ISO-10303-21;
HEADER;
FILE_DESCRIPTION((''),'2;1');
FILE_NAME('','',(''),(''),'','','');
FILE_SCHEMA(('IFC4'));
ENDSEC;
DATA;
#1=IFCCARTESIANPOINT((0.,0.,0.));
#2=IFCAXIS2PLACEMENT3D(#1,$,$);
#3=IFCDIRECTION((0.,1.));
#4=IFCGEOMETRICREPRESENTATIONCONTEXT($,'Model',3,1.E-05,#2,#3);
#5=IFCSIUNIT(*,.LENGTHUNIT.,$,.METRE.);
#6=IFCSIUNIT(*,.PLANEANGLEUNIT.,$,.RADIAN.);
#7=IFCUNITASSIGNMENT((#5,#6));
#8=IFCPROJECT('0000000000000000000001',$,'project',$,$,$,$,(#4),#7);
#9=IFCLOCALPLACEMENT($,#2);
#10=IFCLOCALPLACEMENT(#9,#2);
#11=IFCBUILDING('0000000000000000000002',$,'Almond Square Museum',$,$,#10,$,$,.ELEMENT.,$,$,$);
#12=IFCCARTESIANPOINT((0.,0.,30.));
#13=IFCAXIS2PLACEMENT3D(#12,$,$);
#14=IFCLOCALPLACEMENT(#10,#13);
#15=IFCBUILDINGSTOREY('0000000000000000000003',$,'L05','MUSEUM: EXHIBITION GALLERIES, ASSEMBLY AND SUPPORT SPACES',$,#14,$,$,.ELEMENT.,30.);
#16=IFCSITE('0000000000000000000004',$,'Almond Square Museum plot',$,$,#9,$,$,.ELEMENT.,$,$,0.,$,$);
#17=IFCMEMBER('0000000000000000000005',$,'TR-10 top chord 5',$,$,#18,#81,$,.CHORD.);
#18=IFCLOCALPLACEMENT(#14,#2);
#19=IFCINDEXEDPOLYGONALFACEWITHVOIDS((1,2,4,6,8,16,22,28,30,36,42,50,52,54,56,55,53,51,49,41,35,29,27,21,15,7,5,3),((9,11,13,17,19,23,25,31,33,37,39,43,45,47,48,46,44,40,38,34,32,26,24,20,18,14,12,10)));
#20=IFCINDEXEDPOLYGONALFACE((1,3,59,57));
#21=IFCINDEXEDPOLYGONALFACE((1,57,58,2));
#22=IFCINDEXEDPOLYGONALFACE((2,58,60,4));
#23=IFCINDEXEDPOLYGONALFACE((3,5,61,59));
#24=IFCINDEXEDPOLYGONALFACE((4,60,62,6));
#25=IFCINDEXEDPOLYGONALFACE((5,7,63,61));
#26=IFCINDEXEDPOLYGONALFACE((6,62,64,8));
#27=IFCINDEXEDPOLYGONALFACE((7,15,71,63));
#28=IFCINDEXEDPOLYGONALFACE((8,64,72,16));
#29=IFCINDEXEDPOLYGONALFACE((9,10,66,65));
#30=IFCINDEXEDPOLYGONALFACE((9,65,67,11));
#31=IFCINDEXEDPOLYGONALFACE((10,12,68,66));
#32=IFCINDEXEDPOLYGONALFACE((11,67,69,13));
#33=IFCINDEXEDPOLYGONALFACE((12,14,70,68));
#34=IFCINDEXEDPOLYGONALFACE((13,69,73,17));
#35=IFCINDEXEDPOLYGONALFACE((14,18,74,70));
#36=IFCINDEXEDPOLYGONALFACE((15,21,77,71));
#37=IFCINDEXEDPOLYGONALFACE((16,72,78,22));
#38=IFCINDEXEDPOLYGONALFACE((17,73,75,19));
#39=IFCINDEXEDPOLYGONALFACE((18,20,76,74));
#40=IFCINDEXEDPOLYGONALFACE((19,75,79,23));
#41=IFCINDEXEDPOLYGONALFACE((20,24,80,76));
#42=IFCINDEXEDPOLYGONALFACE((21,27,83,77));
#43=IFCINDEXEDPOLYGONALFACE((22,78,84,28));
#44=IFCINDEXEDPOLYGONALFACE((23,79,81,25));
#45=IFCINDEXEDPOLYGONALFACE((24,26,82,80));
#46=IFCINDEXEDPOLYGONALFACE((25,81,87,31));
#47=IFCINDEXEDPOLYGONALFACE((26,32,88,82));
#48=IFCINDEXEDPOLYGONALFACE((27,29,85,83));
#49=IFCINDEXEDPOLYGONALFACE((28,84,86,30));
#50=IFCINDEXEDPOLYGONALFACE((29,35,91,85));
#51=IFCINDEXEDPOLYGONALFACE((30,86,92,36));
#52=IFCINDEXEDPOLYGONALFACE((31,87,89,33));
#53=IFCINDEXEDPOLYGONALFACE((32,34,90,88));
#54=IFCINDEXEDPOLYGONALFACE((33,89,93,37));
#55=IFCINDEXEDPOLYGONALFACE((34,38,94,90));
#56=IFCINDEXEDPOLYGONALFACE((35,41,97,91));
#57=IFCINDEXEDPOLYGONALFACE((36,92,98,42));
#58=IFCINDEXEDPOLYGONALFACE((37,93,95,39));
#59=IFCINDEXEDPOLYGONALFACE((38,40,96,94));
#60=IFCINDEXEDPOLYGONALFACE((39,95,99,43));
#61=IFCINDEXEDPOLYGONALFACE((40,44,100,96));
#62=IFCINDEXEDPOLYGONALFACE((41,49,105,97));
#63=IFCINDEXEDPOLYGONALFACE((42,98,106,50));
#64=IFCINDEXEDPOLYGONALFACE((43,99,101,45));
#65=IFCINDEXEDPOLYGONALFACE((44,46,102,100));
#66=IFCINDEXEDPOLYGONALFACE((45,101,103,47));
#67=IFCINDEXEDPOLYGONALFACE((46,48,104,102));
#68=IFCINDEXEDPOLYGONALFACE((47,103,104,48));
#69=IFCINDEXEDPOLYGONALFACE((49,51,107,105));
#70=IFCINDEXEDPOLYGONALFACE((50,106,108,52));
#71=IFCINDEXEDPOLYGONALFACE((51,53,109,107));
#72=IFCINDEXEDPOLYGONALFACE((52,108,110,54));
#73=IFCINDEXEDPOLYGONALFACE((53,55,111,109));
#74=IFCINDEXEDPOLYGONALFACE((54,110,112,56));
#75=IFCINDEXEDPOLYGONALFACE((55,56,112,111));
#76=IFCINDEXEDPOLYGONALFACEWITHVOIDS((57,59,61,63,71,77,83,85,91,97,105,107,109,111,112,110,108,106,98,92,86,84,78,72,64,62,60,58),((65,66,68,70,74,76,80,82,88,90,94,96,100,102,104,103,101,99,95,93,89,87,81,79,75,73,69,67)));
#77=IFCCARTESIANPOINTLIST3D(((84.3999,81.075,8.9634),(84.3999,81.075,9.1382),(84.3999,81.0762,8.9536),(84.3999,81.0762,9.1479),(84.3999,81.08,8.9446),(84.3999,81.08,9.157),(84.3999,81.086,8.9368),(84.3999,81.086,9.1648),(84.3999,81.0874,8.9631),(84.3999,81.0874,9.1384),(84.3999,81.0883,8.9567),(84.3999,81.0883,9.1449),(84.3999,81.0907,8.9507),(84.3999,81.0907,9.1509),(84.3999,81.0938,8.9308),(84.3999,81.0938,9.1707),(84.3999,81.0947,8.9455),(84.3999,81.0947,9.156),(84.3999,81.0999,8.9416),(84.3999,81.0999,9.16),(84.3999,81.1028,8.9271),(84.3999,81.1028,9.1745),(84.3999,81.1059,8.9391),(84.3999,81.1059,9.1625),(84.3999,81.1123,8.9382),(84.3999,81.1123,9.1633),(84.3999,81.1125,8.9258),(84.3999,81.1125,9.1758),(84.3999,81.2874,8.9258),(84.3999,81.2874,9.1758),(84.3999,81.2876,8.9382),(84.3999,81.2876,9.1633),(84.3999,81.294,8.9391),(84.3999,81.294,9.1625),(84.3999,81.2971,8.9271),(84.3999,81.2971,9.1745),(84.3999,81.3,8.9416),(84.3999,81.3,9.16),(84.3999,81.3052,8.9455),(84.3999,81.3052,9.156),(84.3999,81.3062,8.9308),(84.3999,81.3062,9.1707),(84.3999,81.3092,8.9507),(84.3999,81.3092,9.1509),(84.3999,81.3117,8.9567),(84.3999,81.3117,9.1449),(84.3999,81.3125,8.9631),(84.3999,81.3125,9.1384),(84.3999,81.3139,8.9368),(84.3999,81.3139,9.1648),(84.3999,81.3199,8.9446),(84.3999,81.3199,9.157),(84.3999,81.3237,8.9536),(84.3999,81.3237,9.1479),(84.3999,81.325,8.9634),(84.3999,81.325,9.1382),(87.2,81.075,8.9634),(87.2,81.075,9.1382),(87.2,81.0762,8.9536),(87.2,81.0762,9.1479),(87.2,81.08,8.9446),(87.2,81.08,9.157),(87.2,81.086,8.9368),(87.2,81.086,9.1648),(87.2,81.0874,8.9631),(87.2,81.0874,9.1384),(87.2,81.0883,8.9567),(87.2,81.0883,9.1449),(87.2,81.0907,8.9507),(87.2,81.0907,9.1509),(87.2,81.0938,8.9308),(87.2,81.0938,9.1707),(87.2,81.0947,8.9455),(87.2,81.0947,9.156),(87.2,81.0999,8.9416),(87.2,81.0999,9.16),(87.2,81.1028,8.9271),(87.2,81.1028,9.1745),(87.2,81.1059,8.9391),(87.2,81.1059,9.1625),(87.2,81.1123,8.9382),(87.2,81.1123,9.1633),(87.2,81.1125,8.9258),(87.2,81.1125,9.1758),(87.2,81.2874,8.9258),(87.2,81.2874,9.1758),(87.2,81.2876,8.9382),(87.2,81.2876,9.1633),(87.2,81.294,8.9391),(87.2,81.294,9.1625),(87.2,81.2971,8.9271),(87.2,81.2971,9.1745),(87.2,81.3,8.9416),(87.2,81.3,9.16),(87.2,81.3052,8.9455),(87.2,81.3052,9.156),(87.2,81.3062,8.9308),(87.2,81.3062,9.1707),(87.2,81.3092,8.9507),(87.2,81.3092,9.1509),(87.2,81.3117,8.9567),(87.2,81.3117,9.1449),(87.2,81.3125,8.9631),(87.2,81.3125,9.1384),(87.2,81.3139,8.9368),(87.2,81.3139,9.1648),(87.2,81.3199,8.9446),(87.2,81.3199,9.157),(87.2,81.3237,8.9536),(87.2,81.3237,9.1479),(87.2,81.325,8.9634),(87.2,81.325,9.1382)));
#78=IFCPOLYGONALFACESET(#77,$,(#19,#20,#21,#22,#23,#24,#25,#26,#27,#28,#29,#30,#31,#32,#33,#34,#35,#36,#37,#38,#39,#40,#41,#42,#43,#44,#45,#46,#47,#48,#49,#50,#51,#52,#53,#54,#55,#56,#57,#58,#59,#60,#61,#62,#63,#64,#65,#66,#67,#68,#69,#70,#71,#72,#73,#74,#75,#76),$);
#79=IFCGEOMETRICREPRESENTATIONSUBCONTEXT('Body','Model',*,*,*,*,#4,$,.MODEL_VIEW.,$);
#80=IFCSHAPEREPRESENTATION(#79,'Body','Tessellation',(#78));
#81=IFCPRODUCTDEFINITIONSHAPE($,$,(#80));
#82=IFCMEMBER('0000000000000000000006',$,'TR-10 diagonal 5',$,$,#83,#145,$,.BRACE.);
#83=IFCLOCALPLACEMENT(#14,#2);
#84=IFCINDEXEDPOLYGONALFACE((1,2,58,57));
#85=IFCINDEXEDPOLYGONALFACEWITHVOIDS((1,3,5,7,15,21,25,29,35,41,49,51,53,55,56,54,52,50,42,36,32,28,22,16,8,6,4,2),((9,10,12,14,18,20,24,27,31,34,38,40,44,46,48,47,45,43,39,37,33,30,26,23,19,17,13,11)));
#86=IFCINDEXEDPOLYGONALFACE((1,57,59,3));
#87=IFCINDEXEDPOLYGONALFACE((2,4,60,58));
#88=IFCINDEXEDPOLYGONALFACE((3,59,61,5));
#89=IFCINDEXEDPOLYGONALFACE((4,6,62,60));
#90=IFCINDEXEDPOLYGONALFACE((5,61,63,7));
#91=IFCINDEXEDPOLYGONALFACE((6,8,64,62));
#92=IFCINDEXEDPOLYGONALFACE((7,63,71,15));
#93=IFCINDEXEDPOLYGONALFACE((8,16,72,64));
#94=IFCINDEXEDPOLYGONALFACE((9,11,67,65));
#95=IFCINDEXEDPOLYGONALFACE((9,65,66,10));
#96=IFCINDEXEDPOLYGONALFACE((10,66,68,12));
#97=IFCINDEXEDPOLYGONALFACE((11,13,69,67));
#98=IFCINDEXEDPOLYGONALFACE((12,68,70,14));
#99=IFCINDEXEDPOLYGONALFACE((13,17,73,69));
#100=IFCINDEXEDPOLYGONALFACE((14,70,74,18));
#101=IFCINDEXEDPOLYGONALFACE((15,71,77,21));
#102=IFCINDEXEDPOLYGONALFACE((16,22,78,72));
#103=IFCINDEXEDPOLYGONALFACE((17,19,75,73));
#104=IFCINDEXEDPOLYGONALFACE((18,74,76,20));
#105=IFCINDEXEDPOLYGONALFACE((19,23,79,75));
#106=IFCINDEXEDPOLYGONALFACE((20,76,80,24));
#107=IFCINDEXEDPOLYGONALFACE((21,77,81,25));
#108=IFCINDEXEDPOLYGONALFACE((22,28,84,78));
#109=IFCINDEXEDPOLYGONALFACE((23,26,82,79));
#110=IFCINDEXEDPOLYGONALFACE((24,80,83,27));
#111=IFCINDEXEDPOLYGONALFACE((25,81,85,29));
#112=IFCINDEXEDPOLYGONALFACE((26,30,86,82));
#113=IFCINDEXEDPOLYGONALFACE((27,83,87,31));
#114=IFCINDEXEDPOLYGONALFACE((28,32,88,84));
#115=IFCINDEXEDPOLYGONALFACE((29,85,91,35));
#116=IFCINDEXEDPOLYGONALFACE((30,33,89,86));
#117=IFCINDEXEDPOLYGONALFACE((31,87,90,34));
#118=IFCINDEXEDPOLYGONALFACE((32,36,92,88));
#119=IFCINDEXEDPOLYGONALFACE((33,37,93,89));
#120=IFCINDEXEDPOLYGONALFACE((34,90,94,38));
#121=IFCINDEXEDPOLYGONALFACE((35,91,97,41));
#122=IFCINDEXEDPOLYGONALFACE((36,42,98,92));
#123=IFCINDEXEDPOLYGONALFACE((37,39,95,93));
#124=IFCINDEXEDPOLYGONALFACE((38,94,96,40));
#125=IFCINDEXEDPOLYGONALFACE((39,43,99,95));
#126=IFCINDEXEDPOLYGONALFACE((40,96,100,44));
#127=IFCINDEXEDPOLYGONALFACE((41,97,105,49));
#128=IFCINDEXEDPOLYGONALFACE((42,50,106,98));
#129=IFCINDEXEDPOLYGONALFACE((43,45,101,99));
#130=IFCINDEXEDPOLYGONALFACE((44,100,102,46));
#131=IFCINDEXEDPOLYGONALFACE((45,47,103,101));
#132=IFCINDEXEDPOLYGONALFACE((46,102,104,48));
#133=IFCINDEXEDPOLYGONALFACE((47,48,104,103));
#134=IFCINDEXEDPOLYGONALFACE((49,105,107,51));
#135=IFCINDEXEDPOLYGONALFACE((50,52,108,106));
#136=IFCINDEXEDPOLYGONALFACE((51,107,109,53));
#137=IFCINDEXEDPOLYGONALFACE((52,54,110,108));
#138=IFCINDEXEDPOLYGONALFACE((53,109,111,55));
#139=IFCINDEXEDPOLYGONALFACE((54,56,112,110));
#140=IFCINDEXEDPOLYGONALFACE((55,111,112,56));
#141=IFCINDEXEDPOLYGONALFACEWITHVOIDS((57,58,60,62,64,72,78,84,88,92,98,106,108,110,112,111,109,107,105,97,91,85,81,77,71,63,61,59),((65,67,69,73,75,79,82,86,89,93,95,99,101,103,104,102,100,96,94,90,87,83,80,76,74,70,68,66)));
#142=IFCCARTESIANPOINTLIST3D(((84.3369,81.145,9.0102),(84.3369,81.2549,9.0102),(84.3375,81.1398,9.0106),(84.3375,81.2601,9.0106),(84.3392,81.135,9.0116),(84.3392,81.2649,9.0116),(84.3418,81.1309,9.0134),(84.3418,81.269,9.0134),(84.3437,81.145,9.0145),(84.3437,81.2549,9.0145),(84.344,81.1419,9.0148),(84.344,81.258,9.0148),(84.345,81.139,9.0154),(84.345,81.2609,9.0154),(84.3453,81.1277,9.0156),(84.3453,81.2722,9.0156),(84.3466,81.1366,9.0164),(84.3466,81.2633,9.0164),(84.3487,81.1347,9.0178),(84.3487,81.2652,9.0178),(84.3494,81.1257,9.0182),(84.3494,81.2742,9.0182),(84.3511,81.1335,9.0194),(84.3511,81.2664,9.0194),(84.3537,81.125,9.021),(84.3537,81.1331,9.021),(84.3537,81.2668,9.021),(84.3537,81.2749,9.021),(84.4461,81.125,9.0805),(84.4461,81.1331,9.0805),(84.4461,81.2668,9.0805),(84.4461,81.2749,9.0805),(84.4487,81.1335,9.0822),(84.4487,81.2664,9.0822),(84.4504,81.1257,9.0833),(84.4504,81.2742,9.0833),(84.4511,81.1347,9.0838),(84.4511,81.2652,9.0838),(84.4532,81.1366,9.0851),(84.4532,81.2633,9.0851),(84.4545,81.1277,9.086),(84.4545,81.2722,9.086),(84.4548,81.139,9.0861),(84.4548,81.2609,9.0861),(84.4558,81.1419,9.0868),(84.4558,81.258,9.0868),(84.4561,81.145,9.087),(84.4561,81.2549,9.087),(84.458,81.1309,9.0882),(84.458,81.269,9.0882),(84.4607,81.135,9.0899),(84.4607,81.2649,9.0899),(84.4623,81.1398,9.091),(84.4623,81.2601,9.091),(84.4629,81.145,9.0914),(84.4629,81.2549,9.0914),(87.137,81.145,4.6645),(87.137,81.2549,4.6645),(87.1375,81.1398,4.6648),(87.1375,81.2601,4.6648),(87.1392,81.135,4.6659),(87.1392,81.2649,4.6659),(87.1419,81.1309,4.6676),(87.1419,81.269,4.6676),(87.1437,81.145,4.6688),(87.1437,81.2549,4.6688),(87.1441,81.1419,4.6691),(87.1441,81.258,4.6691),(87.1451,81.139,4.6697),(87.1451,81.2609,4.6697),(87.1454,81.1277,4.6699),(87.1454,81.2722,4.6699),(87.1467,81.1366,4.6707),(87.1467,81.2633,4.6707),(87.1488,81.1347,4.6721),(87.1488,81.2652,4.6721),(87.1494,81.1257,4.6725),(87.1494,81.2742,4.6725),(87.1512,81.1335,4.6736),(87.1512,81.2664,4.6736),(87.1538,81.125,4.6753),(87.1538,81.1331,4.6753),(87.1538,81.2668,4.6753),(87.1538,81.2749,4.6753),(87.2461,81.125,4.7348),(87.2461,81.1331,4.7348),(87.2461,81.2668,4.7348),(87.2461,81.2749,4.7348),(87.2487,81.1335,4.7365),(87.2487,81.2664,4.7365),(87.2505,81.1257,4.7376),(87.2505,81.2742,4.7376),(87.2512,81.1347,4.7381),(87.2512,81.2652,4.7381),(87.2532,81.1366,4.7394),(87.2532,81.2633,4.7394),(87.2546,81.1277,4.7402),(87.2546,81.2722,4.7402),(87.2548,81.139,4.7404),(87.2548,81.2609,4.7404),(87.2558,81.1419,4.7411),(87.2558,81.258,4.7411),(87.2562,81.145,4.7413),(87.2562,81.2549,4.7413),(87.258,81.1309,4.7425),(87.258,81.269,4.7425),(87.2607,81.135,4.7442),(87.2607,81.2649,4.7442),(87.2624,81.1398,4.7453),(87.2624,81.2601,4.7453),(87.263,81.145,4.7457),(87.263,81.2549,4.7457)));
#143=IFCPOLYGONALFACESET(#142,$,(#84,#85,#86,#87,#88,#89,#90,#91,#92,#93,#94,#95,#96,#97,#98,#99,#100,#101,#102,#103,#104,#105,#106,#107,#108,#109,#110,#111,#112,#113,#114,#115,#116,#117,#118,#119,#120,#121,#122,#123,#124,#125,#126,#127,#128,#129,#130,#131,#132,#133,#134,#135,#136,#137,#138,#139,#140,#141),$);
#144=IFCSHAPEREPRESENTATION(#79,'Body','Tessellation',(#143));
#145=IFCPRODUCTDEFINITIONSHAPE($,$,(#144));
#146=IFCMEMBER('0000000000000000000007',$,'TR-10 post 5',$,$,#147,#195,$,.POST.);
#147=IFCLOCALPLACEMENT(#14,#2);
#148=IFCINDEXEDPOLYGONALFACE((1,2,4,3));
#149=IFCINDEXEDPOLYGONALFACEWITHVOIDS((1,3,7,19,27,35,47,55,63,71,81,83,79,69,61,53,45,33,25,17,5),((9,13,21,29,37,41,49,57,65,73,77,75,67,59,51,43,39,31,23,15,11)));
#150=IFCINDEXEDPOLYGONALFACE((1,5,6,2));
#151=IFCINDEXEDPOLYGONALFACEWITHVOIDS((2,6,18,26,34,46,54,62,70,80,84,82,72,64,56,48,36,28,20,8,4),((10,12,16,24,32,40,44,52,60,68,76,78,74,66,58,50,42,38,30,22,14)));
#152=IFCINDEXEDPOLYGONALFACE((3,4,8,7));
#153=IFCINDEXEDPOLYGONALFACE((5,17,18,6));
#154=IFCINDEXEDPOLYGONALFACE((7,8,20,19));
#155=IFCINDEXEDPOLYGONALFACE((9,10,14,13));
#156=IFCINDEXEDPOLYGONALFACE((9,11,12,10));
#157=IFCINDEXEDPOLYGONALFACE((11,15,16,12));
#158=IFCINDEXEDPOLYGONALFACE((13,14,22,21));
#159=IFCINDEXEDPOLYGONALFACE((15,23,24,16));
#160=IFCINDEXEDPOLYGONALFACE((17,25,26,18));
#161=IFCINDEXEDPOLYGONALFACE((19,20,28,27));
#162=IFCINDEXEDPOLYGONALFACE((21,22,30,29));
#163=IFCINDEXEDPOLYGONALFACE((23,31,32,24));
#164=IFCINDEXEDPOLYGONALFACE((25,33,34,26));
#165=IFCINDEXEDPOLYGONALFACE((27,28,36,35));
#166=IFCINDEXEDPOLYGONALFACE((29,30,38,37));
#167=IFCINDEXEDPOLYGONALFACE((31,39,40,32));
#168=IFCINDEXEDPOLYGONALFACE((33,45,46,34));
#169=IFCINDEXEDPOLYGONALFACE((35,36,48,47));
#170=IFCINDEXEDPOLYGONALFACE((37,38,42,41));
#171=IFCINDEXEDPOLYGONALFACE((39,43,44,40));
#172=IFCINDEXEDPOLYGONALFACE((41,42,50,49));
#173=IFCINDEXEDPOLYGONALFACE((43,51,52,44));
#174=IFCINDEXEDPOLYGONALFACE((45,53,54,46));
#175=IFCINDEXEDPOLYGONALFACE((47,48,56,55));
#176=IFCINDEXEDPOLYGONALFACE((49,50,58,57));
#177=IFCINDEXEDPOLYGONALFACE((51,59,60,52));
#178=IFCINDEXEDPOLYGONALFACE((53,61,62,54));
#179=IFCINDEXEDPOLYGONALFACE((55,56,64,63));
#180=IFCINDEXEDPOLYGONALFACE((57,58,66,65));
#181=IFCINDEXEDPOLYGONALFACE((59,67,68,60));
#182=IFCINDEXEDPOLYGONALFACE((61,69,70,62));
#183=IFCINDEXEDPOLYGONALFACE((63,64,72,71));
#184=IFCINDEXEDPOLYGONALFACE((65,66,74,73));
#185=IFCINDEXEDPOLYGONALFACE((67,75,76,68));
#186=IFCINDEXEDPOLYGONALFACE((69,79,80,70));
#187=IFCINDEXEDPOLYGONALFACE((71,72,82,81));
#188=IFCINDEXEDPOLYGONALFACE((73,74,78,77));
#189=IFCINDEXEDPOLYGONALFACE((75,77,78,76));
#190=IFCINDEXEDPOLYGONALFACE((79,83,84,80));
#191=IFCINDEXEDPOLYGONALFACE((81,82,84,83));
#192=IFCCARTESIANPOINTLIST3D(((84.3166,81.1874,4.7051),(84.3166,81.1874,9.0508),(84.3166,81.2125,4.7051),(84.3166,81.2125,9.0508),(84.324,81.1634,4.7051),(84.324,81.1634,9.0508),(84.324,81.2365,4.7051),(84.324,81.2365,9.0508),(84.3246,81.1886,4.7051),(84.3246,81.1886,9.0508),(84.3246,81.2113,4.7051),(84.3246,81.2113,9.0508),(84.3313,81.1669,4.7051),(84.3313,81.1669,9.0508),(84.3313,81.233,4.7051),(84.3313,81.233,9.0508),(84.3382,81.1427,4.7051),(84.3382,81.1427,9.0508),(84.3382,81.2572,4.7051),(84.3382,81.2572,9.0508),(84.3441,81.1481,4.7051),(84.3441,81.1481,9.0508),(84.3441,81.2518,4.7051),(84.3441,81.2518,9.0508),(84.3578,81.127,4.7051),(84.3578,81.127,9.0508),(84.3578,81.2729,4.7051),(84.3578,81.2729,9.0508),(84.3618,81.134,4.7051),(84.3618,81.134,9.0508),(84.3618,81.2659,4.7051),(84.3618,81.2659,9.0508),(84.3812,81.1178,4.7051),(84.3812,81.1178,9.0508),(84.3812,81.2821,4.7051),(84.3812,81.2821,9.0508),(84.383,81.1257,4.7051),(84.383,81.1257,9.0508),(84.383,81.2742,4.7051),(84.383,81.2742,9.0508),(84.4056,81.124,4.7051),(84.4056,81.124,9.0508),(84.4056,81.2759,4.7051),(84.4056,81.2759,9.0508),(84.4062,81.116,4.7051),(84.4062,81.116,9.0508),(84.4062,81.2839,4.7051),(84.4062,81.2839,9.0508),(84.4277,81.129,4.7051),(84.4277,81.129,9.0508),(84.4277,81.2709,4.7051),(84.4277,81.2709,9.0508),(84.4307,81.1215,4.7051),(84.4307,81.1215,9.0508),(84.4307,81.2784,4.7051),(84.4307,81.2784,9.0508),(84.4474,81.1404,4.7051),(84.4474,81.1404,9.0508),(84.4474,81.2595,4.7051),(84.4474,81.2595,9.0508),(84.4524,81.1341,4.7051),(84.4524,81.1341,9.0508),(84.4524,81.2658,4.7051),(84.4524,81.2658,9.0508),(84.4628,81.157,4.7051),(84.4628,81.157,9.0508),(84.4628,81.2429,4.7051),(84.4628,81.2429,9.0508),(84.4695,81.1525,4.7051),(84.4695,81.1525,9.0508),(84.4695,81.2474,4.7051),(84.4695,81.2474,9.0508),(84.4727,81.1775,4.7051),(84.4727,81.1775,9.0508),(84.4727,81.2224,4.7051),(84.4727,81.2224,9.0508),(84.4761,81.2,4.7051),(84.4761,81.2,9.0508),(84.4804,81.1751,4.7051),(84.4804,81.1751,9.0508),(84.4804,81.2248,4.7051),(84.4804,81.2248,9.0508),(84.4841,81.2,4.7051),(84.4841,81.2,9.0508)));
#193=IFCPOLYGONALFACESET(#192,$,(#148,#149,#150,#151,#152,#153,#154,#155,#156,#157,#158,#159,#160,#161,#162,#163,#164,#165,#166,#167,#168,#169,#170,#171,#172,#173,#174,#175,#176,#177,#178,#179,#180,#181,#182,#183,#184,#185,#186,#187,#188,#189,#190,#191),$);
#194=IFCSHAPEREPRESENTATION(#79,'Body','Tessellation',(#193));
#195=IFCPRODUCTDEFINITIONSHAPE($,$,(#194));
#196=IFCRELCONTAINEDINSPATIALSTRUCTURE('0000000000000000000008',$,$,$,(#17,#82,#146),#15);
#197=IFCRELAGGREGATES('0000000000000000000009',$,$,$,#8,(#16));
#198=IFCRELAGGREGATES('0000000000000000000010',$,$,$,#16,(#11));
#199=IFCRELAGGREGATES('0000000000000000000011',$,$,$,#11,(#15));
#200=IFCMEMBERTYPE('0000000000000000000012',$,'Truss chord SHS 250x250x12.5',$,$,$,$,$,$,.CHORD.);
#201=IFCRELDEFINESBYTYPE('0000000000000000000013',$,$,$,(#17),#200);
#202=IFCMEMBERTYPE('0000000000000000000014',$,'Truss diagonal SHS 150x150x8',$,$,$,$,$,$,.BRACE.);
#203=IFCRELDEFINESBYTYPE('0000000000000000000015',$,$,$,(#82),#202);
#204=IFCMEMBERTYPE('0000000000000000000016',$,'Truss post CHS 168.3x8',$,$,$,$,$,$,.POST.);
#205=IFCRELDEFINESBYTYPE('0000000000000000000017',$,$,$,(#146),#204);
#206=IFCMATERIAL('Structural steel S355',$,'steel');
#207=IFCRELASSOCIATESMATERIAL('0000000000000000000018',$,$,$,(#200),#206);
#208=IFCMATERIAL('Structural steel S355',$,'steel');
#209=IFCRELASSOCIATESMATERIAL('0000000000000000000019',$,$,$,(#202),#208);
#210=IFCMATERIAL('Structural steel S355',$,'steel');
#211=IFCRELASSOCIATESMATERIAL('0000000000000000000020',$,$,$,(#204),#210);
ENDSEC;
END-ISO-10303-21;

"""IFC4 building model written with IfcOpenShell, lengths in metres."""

from ifc_helpers import new_model, si_unit, direction, frame, origin, origin_2d, place, context, subcontext, project, spatial, hollow_rectangle, hollow_circle, extrude, material, material_profile, profile_set, type_object, element, save


model = new_model("IFC4")

# Units and contexts
model_context = context("Model", 3, precision=1e-05, world=origin(), true_north=direction((0.0, 1.0)))
body_context = subcontext(model_context, "Body", "Model", "MODEL_VIEW")
ifc_project = project(units=[si_unit("LENGTHUNIT", "METRE"), si_unit("PLANEANGLEUNIT", "RADIAN")], contexts=[model_context])

# Site, building, storey
site_placement = place(None, origin())
site = spatial("IfcSite", under=ifc_project, at=site_placement, Name="Almond Square Museum plot", CompositionType="ELEMENT", RefElevation=0.0)
building_placement = place(site_placement, origin())
building = spatial("IfcBuilding", under=site, at=building_placement, Name="Almond Square Museum", CompositionType="ELEMENT")
storey_placement = place(building_placement, frame((0.0, 0.0, 30.0)))
storey = spatial("IfcBuildingStorey", under=building, at=storey_placement, Name="L05", Description="MUSEUM: EXHIBITION GALLERIES, ASSEMBLY AND SUPPORT SPACES", CompositionType="ELEMENT", Elevation=30.0)

# Members
ifc_material_1 = material(Name="Structural steel S355", Category="steel")
ifc_material_profile_1 = material_profile(ifc_material_1, hollow_rectangle(XDim=0.25, YDim=0.25, WallThickness=0.0125, InnerFilletRadius=0.0249, OuterFilletRadius=0.0376, at=origin_2d()))
ifc_profile_set_1 = profile_set([ifc_material_profile_1], Name="Structural steel S355")
member_type_1 = type_object("IfcMemberType", Name="Truss chord SHS 250x250x12.5", PredefinedType="CHORD", material=ifc_profile_set_1)
member_1_placement = place(storey_placement, frame((84.3999, 81.2, 9.0508), z_axis=(1.0, 0.0, 0.0), x_axis=(0.0, 1.0, 0.0)))
element("IfcMember", 1, at=member_1_placement, inside=storey, type_object=member_type_1, Name="TR-10 top chord 5", PredefinedType="CHORD", context=body_context, shape_type="SweptSolid", body=[
    extrude(hollow_rectangle(XDim=0.25, YDim=0.25, WallThickness=0.0125, InnerFilletRadius=0.0249, OuterFilletRadius=0.0376, at=origin_2d()), origin(), (0.0, 0.0, 1.0), 2.8),
])
ifc_material_2 = material(Name="Structural steel S355", Category="steel")
ifc_material_profile_2 = material_profile(ifc_material_2, hollow_rectangle(XDim=0.1499, YDim=0.1499, WallThickness=0.0081, InnerFilletRadius=0.012, OuterFilletRadius=0.02, at=origin_2d()))
ifc_profile_set_2 = profile_set([ifc_material_profile_2], Name="Structural steel S355")
member_type_2 = type_object("IfcMemberType", Name="Truss diagonal SHS 150x150x8", PredefinedType="BRACE", material=ifc_profile_set_2)
member_2_placement = place(storey_placement, frame((84.3999, 81.2, 9.0508), z_axis=(0.541631, 0.0, -0.840616), x_axis=(0.0, 1.0, 0.0)))
element("IfcMember", 2, at=member_2_placement, inside=storey, type_object=member_type_2, Name="TR-10 diagonal 5", PredefinedType="BRACE", context=body_context, shape_type="SweptSolid", body=[
    extrude(hollow_rectangle(XDim=0.1499, YDim=0.1499, WallThickness=0.0081, InnerFilletRadius=0.012, OuterFilletRadius=0.02, at=origin_2d()), origin(), (0.0, 0.0, 1.0), 5.1697),
])
ifc_material_3 = material(Name="Structural steel S355", Category="steel")
ifc_material_profile_3 = material_profile(ifc_material_3, hollow_circle(Radius=0.0842, WallThickness=0.0081, at=origin_2d()))
ifc_profile_set_3 = profile_set([ifc_material_profile_3], Name="Structural steel S355")
member_type_3 = type_object("IfcMemberType", Name="Truss post CHS 168.3x8", PredefinedType="POST", material=ifc_profile_set_3)
member_3_placement = place(storey_placement, frame((84.3999, 81.2, 4.7051), z_axis=(0.0, 0.0, 1.0), x_axis=(1.0, 0.0, 0.0)))
element("IfcMember", 3, at=member_3_placement, inside=storey, type_object=member_type_3, Name="TR-10 post 5", PredefinedType="POST", context=body_context, shape_type="SweptSolid", body=[
    extrude(hollow_circle(Radius=0.0842, WallThickness=0.0081, at=origin_2d()), origin(), (0.0, 0.0, 1.0), 4.3457),
])

save(model, "model.ifc")
